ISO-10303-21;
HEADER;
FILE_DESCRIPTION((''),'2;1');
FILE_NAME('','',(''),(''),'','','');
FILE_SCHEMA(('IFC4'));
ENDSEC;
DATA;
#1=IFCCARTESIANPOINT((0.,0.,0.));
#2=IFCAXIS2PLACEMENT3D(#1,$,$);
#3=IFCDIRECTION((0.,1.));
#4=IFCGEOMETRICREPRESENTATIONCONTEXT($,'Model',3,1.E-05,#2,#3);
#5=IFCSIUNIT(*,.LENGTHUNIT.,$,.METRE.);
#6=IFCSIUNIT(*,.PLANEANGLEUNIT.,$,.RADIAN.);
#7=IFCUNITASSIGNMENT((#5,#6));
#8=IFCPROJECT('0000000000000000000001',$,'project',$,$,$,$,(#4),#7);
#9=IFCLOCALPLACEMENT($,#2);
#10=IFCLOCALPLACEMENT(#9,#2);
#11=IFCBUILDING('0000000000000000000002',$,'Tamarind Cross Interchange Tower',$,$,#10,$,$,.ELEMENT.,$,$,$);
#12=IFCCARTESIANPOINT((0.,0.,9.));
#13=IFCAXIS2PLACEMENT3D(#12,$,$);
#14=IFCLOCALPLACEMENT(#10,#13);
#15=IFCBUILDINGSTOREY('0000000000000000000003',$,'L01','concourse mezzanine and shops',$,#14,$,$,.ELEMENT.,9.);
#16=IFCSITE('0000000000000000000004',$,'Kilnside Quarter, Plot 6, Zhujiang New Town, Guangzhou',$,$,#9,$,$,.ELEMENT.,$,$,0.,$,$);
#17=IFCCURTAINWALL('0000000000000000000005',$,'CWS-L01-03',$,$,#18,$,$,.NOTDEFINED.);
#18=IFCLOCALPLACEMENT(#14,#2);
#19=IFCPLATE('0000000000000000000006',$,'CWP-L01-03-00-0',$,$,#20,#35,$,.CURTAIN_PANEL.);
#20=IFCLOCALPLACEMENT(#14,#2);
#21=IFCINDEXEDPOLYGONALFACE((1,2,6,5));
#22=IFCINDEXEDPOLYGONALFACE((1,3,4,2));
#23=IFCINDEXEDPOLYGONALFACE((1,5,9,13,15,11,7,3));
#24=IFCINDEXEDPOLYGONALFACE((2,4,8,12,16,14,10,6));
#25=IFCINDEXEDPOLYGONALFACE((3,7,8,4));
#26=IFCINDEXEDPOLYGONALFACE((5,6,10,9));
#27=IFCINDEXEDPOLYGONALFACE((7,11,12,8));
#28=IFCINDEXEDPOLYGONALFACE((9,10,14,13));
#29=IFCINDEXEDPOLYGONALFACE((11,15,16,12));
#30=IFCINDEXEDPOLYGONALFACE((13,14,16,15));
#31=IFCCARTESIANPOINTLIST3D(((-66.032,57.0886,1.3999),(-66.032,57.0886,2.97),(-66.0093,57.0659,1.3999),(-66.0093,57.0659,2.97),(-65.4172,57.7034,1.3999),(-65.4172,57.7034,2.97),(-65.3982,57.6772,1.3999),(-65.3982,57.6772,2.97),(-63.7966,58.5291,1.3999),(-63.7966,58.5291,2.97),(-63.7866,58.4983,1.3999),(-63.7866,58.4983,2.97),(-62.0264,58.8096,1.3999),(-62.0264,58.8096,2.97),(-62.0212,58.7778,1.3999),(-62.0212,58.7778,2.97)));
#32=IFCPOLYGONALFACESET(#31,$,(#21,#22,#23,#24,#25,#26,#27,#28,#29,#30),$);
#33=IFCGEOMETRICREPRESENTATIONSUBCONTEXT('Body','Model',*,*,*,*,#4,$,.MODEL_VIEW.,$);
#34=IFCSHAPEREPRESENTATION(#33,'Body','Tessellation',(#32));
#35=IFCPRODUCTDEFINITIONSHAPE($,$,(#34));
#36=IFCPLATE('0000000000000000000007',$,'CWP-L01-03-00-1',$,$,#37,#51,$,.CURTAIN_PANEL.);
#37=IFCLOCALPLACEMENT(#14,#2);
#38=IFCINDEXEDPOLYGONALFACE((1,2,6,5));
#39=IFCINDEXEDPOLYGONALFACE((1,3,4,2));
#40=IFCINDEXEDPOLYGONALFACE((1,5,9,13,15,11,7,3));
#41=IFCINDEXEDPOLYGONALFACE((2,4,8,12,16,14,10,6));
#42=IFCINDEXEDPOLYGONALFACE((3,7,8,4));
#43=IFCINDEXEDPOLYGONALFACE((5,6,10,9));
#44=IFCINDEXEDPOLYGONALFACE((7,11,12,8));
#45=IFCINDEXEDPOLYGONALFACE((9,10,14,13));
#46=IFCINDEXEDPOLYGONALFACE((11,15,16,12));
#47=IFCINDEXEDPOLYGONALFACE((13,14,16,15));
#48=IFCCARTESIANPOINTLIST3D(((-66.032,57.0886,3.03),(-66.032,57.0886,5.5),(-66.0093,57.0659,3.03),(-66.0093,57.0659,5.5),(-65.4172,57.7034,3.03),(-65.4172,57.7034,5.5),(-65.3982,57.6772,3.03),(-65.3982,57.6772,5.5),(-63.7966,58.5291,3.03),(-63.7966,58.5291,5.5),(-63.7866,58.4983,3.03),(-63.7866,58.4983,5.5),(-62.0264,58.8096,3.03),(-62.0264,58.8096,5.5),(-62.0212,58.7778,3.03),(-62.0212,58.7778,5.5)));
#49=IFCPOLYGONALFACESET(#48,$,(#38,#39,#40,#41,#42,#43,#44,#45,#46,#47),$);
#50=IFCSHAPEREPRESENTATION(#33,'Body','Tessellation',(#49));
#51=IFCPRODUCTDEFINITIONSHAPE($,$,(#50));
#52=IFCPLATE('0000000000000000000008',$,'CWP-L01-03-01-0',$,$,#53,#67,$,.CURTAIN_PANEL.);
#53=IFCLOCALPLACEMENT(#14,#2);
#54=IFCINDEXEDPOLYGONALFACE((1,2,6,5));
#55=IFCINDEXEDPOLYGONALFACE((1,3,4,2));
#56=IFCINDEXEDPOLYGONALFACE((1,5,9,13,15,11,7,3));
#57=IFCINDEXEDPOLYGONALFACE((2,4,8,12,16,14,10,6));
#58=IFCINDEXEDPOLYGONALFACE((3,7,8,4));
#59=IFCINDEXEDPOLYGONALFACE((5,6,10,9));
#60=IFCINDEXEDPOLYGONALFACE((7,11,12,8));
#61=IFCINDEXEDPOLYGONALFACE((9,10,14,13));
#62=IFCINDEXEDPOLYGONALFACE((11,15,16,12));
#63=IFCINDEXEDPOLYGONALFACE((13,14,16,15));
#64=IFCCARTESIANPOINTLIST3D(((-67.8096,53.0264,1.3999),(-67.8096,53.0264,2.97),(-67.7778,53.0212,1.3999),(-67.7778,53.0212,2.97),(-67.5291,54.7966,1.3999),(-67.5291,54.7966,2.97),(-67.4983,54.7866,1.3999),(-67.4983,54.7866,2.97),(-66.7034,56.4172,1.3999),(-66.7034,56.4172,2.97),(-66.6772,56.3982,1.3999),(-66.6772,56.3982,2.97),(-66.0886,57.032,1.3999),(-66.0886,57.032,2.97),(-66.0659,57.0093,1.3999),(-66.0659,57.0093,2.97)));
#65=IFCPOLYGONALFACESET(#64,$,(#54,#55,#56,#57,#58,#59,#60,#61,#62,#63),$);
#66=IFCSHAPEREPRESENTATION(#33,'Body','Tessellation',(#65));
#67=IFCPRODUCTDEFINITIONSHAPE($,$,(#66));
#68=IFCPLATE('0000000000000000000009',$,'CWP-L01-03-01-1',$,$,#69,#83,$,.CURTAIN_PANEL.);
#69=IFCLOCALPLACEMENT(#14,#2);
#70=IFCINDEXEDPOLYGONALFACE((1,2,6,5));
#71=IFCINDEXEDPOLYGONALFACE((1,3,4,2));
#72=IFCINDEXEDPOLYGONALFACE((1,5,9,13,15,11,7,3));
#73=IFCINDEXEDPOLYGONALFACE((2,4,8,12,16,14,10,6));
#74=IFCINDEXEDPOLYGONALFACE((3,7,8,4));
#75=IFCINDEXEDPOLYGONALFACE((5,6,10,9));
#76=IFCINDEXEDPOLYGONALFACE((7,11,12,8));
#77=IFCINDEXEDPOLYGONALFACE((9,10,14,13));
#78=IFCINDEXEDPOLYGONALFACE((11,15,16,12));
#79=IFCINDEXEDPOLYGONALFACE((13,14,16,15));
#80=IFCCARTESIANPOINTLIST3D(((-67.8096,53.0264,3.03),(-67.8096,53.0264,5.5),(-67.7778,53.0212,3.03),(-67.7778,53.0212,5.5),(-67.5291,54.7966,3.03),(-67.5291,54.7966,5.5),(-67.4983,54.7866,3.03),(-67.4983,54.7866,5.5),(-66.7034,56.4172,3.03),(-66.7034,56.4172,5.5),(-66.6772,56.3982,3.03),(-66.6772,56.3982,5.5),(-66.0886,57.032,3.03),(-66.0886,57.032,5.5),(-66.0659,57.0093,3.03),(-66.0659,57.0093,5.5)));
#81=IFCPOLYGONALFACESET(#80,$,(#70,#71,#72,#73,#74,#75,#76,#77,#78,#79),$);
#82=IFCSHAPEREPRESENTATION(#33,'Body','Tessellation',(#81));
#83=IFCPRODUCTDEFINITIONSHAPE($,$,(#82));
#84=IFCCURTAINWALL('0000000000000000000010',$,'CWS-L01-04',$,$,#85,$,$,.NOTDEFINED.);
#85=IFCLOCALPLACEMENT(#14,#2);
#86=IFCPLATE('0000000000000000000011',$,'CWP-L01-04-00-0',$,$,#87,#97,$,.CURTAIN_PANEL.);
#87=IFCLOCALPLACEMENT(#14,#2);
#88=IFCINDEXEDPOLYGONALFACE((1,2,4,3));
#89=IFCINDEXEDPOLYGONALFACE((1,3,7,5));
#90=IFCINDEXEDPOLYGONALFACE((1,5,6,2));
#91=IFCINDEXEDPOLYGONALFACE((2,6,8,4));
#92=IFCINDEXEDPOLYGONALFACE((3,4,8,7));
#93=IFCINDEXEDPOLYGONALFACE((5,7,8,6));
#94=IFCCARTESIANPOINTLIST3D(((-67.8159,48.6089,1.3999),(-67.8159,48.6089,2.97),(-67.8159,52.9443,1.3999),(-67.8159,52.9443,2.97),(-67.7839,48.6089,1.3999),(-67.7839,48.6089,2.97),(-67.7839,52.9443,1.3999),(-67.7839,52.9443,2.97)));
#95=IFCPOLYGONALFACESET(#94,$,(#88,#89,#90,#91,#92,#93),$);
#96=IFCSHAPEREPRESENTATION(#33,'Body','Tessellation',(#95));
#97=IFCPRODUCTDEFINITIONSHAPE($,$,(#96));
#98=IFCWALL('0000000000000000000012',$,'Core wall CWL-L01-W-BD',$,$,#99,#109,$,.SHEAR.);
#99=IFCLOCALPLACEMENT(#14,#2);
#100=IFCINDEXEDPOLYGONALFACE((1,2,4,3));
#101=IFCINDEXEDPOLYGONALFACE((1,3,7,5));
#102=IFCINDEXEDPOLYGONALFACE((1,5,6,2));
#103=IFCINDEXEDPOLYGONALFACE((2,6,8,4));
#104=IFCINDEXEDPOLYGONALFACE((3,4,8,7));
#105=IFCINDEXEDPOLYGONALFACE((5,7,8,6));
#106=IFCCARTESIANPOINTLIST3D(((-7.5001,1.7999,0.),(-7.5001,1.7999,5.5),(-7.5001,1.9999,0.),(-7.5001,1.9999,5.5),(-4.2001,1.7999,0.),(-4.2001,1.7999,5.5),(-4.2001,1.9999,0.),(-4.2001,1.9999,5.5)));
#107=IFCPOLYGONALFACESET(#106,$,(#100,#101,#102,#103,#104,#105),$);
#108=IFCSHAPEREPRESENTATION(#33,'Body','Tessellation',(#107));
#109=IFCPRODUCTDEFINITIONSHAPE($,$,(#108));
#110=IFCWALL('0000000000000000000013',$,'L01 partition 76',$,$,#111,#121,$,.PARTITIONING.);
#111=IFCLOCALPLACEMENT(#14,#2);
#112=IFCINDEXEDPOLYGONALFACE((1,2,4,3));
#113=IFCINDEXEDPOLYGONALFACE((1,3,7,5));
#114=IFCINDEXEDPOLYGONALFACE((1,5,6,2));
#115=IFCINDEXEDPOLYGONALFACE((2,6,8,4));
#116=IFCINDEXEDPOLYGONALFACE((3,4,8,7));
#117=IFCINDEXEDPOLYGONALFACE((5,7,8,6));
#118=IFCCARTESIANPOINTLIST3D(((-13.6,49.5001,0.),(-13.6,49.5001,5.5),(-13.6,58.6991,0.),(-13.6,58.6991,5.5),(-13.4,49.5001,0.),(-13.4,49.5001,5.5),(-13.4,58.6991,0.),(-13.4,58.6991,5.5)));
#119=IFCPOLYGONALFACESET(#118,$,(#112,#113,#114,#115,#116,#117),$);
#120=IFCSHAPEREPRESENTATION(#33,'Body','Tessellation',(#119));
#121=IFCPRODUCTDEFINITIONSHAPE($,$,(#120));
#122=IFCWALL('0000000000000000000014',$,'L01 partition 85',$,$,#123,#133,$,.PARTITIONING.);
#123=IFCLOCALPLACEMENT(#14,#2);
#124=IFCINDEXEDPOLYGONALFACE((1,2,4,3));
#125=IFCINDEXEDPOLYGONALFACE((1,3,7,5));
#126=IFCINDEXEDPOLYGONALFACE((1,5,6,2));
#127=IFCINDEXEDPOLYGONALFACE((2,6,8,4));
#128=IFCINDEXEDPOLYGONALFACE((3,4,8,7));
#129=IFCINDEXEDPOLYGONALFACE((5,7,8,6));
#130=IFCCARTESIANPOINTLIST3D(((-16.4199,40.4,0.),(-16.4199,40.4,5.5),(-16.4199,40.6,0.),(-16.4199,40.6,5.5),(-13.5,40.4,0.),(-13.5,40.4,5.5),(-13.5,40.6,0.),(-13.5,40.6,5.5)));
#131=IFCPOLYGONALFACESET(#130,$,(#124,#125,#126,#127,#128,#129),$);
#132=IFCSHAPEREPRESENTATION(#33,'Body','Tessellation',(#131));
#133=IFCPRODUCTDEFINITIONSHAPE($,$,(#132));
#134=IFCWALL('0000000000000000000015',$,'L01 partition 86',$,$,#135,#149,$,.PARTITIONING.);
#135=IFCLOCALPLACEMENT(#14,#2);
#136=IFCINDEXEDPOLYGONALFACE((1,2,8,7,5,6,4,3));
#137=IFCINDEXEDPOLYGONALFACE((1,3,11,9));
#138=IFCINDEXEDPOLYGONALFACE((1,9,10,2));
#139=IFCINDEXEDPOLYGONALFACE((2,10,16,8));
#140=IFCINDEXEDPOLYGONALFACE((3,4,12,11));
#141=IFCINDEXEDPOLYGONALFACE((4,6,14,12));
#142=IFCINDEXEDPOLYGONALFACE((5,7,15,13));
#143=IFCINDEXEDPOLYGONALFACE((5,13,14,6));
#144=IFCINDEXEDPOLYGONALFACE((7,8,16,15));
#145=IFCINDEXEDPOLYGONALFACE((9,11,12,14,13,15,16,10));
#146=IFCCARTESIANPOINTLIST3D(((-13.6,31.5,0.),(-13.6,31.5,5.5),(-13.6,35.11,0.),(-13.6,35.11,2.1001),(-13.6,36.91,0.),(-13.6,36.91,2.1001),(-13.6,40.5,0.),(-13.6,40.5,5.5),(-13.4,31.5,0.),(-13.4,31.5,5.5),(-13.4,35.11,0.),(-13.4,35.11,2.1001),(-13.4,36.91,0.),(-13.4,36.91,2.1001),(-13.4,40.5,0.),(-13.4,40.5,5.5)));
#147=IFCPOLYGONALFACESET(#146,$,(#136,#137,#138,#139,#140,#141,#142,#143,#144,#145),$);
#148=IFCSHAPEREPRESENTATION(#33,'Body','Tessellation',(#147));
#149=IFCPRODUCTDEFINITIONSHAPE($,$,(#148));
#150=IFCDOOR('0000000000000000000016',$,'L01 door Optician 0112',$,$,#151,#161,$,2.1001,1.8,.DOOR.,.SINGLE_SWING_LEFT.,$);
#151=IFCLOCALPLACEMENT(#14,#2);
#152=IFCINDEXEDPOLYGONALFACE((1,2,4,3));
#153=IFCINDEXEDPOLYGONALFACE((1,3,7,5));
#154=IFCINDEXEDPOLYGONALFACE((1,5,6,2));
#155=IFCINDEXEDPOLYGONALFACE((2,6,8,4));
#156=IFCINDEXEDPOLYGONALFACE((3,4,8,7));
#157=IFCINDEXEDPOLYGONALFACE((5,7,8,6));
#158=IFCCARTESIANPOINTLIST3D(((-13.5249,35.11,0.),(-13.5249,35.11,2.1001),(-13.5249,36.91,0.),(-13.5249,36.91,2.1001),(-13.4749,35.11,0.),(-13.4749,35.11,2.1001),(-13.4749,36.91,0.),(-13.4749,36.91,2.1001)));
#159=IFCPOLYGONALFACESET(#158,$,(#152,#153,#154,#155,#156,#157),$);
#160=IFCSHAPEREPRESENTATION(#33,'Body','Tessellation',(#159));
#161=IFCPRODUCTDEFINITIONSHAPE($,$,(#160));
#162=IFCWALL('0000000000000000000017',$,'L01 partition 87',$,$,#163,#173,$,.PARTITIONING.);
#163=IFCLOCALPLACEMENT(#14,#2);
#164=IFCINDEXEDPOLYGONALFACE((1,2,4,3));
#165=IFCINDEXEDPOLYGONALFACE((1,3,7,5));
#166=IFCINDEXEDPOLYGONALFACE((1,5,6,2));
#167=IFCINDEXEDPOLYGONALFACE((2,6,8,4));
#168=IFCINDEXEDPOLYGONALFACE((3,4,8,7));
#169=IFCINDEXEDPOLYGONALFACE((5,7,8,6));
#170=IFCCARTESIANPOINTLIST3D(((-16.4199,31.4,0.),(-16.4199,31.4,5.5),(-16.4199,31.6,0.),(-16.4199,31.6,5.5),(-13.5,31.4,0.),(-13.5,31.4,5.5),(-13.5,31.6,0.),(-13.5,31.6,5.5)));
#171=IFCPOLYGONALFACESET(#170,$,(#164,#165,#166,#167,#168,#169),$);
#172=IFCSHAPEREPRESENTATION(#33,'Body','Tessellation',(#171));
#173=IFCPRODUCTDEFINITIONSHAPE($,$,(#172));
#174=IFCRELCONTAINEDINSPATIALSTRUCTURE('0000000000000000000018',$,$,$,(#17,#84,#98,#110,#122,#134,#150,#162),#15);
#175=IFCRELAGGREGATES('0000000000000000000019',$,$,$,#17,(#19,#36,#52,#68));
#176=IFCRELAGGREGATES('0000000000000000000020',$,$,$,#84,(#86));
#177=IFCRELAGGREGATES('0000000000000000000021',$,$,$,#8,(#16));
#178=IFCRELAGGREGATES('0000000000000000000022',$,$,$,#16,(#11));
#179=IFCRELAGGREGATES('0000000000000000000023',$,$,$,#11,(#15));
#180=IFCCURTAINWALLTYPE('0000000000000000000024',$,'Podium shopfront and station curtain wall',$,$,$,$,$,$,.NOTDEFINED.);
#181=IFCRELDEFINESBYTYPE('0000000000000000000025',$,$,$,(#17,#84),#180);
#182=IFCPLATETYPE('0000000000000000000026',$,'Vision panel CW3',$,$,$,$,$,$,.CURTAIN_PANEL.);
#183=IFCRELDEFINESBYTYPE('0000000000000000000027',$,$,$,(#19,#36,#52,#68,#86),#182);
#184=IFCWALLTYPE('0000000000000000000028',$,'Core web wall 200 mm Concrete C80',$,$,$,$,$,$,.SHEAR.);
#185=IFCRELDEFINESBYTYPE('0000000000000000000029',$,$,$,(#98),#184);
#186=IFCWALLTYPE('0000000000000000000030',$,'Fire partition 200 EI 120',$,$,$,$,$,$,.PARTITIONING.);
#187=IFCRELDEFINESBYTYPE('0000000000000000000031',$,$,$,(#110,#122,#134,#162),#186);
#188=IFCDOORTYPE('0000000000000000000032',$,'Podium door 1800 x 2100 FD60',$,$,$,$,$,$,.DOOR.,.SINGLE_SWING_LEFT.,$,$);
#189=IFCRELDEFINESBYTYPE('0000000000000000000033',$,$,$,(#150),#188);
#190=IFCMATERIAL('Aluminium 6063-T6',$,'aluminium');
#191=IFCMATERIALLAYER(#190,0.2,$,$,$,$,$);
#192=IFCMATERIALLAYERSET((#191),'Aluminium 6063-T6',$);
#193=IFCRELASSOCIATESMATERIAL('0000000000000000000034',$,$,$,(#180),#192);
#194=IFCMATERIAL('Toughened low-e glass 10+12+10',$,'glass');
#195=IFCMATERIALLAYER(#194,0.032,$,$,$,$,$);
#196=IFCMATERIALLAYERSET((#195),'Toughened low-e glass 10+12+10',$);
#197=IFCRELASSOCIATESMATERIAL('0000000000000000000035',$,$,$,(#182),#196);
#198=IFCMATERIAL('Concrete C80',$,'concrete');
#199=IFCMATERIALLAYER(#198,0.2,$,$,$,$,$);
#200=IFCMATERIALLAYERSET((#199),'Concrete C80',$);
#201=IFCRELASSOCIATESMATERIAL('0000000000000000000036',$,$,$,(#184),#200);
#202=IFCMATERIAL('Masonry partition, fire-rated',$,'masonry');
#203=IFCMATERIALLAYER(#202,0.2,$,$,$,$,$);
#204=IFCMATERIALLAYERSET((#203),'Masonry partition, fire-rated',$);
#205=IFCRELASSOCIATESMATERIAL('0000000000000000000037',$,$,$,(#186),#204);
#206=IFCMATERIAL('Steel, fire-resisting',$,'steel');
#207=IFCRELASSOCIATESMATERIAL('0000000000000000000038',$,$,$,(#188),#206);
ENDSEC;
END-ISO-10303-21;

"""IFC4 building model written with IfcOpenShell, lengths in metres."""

from ifc_helpers import new_model, si_unit, direction, frame, frame_2d, origin, place, context, subcontext, project, spatial, polyline, rectangle, outline, extrude, material, layer, layer_set, type_object, element, fill, aggregate, save


model = new_model("IFC4")

# Units and contexts
model_context = context("Model", 3, precision=1e-05, world=origin(), true_north=direction((0.0, 1.0)))
body_context = subcontext(model_context, "Body", "Model", "MODEL_VIEW")
ifc_project = project(units=[si_unit("LENGTHUNIT", "METRE"), si_unit("PLANEANGLEUNIT", "RADIAN")], contexts=[model_context])

# Site, building, storey
site_placement = place(None, origin())
site = spatial("IfcSite", under=ifc_project, at=site_placement, Name="Kilnside Quarter, Plot 6, Zhujiang New Town, Guangzhou", CompositionType="ELEMENT", RefElevation=0.0)
building_placement = place(site_placement, origin())
building = spatial("IfcBuilding", under=site, at=building_placement, Name="Tamarind Cross Interchange Tower", CompositionType="ELEMENT")
storey_placement = place(building_placement, frame((0.0, 0.0, 9.0)))
storey = spatial("IfcBuildingStorey", under=building, at=storey_placement, Name="L01", Description="concourse mezzanine and shops", CompositionType="ELEMENT", Elevation=9.0)

# Shared definitions
ifc_material_1 = material(Name="Concrete C80", Category="concrete")

# Curtain wall
ifc_material_2 = material(Name="Aluminium 6063-T6", Category="aluminium")
ifc_layer_1 = layer(ifc_material_2, 0.2)
ifc_layer_set_1 = layer_set([ifc_layer_1], Name="Aluminium 6063-T6")
curtain_wall_type = type_object("IfcCurtainWallType", Name="Podium shopfront and station curtain wall", PredefinedType="NOTDEFINED", material=ifc_layer_set_1)
curtain_wall_1_placement = place(storey_placement, origin())
curtain_wall_1 = element("IfcCurtainWall", 1, at=curtain_wall_1_placement, inside=storey, type_object=curtain_wall_type, Name="CWS-L01-03", PredefinedType="NOTDEFINED")

# Plates
ifc_material_3 = material(Name="Toughened low-e glass 10+12+10", Category="glass")
ifc_layer_2 = layer(ifc_material_3, 0.032)
ifc_layer_set_2 = layer_set([ifc_layer_2], Name="Toughened low-e glass 10+12+10")
plate_type = type_object("IfcPlateType", Name="Vision panel CW3", PredefinedType="CURTAIN_PANEL", material=ifc_layer_set_2)
plate_1_placement = place(storey_placement, frame((0.0, 0.0, 1.3999)))
plate_1 = element("IfcPlate", 2, at=plate_1_placement, type_object=plate_type, Name="CWP-L01-03-00-0", PredefinedType="CURTAIN_PANEL", context=body_context, shape_type="SweptSolid", body=[
    extrude(outline(polyline([(-62.0212, 58.7778), (-63.7866, 58.4983), (-65.3982, 57.6772), (-66.0093, 57.0659), (-66.032, 57.0886), (-65.4172, 57.7034), (-63.7966, 58.5291), (-62.0264, 58.8096), (-62.0212, 58.7778)])), origin(), (0.0, 0.0, 1.0), 1.5701),
])
plate_2_placement = place(storey_placement, frame((0.0, 0.0, 3.03)))
plate_2 = element("IfcPlate", 3, at=plate_2_placement, type_object=plate_type, Name="CWP-L01-03-00-1", PredefinedType="CURTAIN_PANEL", context=body_context, shape_type="SweptSolid", body=[
    extrude(outline(polyline([(-62.0212, 58.7778), (-63.7866, 58.4983), (-65.3982, 57.6772), (-66.0093, 57.0659), (-66.032, 57.0886), (-65.4172, 57.7034), (-63.7966, 58.5291), (-62.0264, 58.8096), (-62.0212, 58.7778)])), origin(), (0.0, 0.0, 1.0), 2.47),
])
plate_3_placement = place(storey_placement, frame((0.0, 0.0, 1.3999)))
plate_3 = element("IfcPlate", 4, at=plate_3_placement, type_object=plate_type, Name="CWP-L01-03-01-0", PredefinedType="CURTAIN_PANEL", context=body_context, shape_type="SweptSolid", body=[
    extrude(outline(polyline([(-66.0659, 57.0093), (-66.6772, 56.3982), (-67.4983, 54.7866), (-67.7778, 53.0212), (-67.8096, 53.0264), (-67.5291, 54.7966), (-66.7034, 56.4172), (-66.0886, 57.032), (-66.0659, 57.0093)])), origin(), (0.0, 0.0, 1.0), 1.5701),
])
plate_4_placement = place(storey_placement, frame((0.0, 0.0, 3.03)))
plate_4 = element("IfcPlate", 5, at=plate_4_placement, type_object=plate_type, Name="CWP-L01-03-01-1", PredefinedType="CURTAIN_PANEL", context=body_context, shape_type="SweptSolid", body=[
    extrude(outline(polyline([(-66.0659, 57.0093), (-66.6772, 56.3982), (-67.4983, 54.7866), (-67.7778, 53.0212), (-67.8096, 53.0264), (-67.5291, 54.7966), (-66.7034, 56.4172), (-66.0886, 57.032), (-66.0659, 57.0093)])), origin(), (0.0, 0.0, 1.0), 2.47),
])
aggregate(curtain_wall_1, [plate_1, plate_2, plate_3, plate_4])

# Curtain wall, plate
curtain_wall_2_placement = place(storey_placement, origin())
curtain_wall_2 = element("IfcCurtainWall", 6, at=curtain_wall_2_placement, inside=storey, type_object=curtain_wall_type, Name="CWS-L01-04", PredefinedType="NOTDEFINED")
plate_5_placement = place(storey_placement, frame((0.0, 0.0, 1.3999)))
plate_5 = element("IfcPlate", 7, at=plate_5_placement, type_object=plate_type, Name="CWP-L01-04-00-0", PredefinedType="CURTAIN_PANEL", context=body_context, shape_type="SweptSolid", body=[
    extrude(outline(polyline([(-67.7839, 52.9443), (-67.7839, 48.6089), (-67.8159, 48.6089), (-67.8159, 52.9443), (-67.7839, 52.9443)])), origin(), (0.0, 0.0, 1.0), 1.5701),
])
aggregate(curtain_wall_2, [plate_5])

# Walls
ifc_layer_3 = layer(ifc_material_1, 0.2)
ifc_layer_set_3 = layer_set([ifc_layer_3], Name="Concrete C80")
wall_type_1 = type_object("IfcWallType", Name="Core web wall 200 mm Concrete C80", PredefinedType="SHEAR", material=ifc_layer_set_3)
wall_1_placement = place(storey_placement, frame((-7.5, 1.8999, 0.0), z_axis=(0.0, 0.0, 1.0), x_axis=(1.0, 0.0, 0.0)))
element("IfcWall", 8, at=wall_1_placement, inside=storey, type_object=wall_type_1, Name="Core wall CWL-L01-W-BD", PredefinedType="SHEAR", context=body_context, shape_type="SweptSolid", body=[
    extrude(rectangle(XDim=3.3, YDim=0.2, at=frame_2d((1.6499, 0.0))), origin(), (0.0, 0.0, 1.0), 5.5),
])
ifc_material_4 = material(Name="Masonry partition, fire-rated", Category="masonry")
ifc_layer_4 = layer(ifc_material_4, 0.2)
ifc_layer_set_4 = layer_set([ifc_layer_4], Name="Masonry partition, fire-rated")
wall_type_2 = type_object("IfcWallType", Name="Fire partition 200 EI 120", PredefinedType="PARTITIONING", material=ifc_layer_set_4)
wall_2_placement = place(storey_placement, frame((-13.5, 49.5, 0.0), z_axis=(0.0, 0.0, 1.0), x_axis=(0.0, 1.0, 0.0)))
element("IfcWall", 9, at=wall_2_placement, inside=storey, type_object=wall_type_2, Name="L01 partition 76", PredefinedType="PARTITIONING", context=body_context, shape_type="SweptSolid", body=[
    extrude(rectangle(XDim=9.199, YDim=0.2, at=frame_2d((4.5996, 0.0))), origin(), (0.0, 0.0, 1.0), 5.5),
])
wall_3_placement = place(storey_placement, frame((-16.4199, 40.5, 0.0), z_axis=(0.0, 0.0, 1.0), x_axis=(1.0, 0.0, 0.0)))
element("IfcWall", 10, at=wall_3_placement, inside=storey, type_object=wall_type_2, Name="L01 partition 85", PredefinedType="PARTITIONING", context=body_context, shape_type="SweptSolid", body=[
    extrude(rectangle(XDim=2.9199, YDim=0.2, at=frame_2d((1.46, 0.0))), origin(), (0.0, 0.0, 1.0), 5.5),
])

# Wall, opening, door
wall_4_placement = place(storey_placement, frame((-13.5, 31.5, 0.0), z_axis=(0.0, 0.0, 1.0), x_axis=(0.0, 1.0, 0.0)))
wall_4 = element("IfcWall", 11, at=wall_4_placement, inside=storey, type_object=wall_type_2, Name="L01 partition 86", PredefinedType="PARTITIONING", context=body_context, shape_type="SweptSolid", body=[
    extrude(rectangle(XDim=9.0, YDim=0.2, at=frame_2d((4.5, 0.0))), origin(), (0.0, 0.0, 1.0), 5.5),
])
opening_1_placement = place(wall_4_placement, frame((3.6101, 0.0, 0.0)))
opening_1 = element("IfcOpeningElement", 12, at=opening_1_placement, cuts=wall_4, PredefinedType="OPENING", context=body_context, shape_type="SweptSolid", body=[
    extrude(rectangle(XDim=1.8, YDim=2.1001, at=frame_2d((0.8999, 1.05))), frame((0.0, 0.1099, 0.0), z_axis=(0.0, -1.0, 0.0), x_axis=(1.0, 0.0, 0.0)), (0.0, 0.0, 1.0), 0.22),
])
ifc_material_5 = material(Name="Steel, fire-resisting", Category="steel")
door_type_1 = type_object("IfcDoorType", Name="Podium door 1800 x 2100 FD60", OperationType="SINGLE_SWING_LEFT", PredefinedType="DOOR", material=ifc_material_5)
door_1_placement = place(opening_1_placement, origin())
door_1 = element("IfcDoor", 13, at=door_1_placement, inside=storey, type_object=door_type_1, Name="L01 door Optician 0112", OperationType="SINGLE_SWING_LEFT", OverallHeight=2.1001, OverallWidth=1.8, PredefinedType="DOOR", context=body_context, shape_type="SweptSolid", body=[
    extrude(rectangle(XDim=1.8, YDim=2.1001, at=frame_2d((0.8999, 1.05))), frame((0.0, 0.0249, 0.0), z_axis=(0.0, -1.0, 0.0), x_axis=(1.0, 0.0, 0.0)), (0.0, 0.0, 1.0), 0.05),
])
fill(opening_1, door_1)

# Wall
wall_5_placement = place(storey_placement, frame((-16.4199, 31.5, 0.0), z_axis=(0.0, 0.0, 1.0), x_axis=(1.0, 0.0, 0.0)))
element("IfcWall", 14, at=wall_5_placement, inside=storey, type_object=wall_type_2, Name="L01 partition 87", PredefinedType="PARTITIONING", context=body_context, shape_type="SweptSolid", body=[
    extrude(rectangle(XDim=2.9199, YDim=0.2, at=frame_2d((1.46, 0.0))), origin(), (0.0, 0.0, 1.0), 5.5),
])

save(model, "model.ifc")
